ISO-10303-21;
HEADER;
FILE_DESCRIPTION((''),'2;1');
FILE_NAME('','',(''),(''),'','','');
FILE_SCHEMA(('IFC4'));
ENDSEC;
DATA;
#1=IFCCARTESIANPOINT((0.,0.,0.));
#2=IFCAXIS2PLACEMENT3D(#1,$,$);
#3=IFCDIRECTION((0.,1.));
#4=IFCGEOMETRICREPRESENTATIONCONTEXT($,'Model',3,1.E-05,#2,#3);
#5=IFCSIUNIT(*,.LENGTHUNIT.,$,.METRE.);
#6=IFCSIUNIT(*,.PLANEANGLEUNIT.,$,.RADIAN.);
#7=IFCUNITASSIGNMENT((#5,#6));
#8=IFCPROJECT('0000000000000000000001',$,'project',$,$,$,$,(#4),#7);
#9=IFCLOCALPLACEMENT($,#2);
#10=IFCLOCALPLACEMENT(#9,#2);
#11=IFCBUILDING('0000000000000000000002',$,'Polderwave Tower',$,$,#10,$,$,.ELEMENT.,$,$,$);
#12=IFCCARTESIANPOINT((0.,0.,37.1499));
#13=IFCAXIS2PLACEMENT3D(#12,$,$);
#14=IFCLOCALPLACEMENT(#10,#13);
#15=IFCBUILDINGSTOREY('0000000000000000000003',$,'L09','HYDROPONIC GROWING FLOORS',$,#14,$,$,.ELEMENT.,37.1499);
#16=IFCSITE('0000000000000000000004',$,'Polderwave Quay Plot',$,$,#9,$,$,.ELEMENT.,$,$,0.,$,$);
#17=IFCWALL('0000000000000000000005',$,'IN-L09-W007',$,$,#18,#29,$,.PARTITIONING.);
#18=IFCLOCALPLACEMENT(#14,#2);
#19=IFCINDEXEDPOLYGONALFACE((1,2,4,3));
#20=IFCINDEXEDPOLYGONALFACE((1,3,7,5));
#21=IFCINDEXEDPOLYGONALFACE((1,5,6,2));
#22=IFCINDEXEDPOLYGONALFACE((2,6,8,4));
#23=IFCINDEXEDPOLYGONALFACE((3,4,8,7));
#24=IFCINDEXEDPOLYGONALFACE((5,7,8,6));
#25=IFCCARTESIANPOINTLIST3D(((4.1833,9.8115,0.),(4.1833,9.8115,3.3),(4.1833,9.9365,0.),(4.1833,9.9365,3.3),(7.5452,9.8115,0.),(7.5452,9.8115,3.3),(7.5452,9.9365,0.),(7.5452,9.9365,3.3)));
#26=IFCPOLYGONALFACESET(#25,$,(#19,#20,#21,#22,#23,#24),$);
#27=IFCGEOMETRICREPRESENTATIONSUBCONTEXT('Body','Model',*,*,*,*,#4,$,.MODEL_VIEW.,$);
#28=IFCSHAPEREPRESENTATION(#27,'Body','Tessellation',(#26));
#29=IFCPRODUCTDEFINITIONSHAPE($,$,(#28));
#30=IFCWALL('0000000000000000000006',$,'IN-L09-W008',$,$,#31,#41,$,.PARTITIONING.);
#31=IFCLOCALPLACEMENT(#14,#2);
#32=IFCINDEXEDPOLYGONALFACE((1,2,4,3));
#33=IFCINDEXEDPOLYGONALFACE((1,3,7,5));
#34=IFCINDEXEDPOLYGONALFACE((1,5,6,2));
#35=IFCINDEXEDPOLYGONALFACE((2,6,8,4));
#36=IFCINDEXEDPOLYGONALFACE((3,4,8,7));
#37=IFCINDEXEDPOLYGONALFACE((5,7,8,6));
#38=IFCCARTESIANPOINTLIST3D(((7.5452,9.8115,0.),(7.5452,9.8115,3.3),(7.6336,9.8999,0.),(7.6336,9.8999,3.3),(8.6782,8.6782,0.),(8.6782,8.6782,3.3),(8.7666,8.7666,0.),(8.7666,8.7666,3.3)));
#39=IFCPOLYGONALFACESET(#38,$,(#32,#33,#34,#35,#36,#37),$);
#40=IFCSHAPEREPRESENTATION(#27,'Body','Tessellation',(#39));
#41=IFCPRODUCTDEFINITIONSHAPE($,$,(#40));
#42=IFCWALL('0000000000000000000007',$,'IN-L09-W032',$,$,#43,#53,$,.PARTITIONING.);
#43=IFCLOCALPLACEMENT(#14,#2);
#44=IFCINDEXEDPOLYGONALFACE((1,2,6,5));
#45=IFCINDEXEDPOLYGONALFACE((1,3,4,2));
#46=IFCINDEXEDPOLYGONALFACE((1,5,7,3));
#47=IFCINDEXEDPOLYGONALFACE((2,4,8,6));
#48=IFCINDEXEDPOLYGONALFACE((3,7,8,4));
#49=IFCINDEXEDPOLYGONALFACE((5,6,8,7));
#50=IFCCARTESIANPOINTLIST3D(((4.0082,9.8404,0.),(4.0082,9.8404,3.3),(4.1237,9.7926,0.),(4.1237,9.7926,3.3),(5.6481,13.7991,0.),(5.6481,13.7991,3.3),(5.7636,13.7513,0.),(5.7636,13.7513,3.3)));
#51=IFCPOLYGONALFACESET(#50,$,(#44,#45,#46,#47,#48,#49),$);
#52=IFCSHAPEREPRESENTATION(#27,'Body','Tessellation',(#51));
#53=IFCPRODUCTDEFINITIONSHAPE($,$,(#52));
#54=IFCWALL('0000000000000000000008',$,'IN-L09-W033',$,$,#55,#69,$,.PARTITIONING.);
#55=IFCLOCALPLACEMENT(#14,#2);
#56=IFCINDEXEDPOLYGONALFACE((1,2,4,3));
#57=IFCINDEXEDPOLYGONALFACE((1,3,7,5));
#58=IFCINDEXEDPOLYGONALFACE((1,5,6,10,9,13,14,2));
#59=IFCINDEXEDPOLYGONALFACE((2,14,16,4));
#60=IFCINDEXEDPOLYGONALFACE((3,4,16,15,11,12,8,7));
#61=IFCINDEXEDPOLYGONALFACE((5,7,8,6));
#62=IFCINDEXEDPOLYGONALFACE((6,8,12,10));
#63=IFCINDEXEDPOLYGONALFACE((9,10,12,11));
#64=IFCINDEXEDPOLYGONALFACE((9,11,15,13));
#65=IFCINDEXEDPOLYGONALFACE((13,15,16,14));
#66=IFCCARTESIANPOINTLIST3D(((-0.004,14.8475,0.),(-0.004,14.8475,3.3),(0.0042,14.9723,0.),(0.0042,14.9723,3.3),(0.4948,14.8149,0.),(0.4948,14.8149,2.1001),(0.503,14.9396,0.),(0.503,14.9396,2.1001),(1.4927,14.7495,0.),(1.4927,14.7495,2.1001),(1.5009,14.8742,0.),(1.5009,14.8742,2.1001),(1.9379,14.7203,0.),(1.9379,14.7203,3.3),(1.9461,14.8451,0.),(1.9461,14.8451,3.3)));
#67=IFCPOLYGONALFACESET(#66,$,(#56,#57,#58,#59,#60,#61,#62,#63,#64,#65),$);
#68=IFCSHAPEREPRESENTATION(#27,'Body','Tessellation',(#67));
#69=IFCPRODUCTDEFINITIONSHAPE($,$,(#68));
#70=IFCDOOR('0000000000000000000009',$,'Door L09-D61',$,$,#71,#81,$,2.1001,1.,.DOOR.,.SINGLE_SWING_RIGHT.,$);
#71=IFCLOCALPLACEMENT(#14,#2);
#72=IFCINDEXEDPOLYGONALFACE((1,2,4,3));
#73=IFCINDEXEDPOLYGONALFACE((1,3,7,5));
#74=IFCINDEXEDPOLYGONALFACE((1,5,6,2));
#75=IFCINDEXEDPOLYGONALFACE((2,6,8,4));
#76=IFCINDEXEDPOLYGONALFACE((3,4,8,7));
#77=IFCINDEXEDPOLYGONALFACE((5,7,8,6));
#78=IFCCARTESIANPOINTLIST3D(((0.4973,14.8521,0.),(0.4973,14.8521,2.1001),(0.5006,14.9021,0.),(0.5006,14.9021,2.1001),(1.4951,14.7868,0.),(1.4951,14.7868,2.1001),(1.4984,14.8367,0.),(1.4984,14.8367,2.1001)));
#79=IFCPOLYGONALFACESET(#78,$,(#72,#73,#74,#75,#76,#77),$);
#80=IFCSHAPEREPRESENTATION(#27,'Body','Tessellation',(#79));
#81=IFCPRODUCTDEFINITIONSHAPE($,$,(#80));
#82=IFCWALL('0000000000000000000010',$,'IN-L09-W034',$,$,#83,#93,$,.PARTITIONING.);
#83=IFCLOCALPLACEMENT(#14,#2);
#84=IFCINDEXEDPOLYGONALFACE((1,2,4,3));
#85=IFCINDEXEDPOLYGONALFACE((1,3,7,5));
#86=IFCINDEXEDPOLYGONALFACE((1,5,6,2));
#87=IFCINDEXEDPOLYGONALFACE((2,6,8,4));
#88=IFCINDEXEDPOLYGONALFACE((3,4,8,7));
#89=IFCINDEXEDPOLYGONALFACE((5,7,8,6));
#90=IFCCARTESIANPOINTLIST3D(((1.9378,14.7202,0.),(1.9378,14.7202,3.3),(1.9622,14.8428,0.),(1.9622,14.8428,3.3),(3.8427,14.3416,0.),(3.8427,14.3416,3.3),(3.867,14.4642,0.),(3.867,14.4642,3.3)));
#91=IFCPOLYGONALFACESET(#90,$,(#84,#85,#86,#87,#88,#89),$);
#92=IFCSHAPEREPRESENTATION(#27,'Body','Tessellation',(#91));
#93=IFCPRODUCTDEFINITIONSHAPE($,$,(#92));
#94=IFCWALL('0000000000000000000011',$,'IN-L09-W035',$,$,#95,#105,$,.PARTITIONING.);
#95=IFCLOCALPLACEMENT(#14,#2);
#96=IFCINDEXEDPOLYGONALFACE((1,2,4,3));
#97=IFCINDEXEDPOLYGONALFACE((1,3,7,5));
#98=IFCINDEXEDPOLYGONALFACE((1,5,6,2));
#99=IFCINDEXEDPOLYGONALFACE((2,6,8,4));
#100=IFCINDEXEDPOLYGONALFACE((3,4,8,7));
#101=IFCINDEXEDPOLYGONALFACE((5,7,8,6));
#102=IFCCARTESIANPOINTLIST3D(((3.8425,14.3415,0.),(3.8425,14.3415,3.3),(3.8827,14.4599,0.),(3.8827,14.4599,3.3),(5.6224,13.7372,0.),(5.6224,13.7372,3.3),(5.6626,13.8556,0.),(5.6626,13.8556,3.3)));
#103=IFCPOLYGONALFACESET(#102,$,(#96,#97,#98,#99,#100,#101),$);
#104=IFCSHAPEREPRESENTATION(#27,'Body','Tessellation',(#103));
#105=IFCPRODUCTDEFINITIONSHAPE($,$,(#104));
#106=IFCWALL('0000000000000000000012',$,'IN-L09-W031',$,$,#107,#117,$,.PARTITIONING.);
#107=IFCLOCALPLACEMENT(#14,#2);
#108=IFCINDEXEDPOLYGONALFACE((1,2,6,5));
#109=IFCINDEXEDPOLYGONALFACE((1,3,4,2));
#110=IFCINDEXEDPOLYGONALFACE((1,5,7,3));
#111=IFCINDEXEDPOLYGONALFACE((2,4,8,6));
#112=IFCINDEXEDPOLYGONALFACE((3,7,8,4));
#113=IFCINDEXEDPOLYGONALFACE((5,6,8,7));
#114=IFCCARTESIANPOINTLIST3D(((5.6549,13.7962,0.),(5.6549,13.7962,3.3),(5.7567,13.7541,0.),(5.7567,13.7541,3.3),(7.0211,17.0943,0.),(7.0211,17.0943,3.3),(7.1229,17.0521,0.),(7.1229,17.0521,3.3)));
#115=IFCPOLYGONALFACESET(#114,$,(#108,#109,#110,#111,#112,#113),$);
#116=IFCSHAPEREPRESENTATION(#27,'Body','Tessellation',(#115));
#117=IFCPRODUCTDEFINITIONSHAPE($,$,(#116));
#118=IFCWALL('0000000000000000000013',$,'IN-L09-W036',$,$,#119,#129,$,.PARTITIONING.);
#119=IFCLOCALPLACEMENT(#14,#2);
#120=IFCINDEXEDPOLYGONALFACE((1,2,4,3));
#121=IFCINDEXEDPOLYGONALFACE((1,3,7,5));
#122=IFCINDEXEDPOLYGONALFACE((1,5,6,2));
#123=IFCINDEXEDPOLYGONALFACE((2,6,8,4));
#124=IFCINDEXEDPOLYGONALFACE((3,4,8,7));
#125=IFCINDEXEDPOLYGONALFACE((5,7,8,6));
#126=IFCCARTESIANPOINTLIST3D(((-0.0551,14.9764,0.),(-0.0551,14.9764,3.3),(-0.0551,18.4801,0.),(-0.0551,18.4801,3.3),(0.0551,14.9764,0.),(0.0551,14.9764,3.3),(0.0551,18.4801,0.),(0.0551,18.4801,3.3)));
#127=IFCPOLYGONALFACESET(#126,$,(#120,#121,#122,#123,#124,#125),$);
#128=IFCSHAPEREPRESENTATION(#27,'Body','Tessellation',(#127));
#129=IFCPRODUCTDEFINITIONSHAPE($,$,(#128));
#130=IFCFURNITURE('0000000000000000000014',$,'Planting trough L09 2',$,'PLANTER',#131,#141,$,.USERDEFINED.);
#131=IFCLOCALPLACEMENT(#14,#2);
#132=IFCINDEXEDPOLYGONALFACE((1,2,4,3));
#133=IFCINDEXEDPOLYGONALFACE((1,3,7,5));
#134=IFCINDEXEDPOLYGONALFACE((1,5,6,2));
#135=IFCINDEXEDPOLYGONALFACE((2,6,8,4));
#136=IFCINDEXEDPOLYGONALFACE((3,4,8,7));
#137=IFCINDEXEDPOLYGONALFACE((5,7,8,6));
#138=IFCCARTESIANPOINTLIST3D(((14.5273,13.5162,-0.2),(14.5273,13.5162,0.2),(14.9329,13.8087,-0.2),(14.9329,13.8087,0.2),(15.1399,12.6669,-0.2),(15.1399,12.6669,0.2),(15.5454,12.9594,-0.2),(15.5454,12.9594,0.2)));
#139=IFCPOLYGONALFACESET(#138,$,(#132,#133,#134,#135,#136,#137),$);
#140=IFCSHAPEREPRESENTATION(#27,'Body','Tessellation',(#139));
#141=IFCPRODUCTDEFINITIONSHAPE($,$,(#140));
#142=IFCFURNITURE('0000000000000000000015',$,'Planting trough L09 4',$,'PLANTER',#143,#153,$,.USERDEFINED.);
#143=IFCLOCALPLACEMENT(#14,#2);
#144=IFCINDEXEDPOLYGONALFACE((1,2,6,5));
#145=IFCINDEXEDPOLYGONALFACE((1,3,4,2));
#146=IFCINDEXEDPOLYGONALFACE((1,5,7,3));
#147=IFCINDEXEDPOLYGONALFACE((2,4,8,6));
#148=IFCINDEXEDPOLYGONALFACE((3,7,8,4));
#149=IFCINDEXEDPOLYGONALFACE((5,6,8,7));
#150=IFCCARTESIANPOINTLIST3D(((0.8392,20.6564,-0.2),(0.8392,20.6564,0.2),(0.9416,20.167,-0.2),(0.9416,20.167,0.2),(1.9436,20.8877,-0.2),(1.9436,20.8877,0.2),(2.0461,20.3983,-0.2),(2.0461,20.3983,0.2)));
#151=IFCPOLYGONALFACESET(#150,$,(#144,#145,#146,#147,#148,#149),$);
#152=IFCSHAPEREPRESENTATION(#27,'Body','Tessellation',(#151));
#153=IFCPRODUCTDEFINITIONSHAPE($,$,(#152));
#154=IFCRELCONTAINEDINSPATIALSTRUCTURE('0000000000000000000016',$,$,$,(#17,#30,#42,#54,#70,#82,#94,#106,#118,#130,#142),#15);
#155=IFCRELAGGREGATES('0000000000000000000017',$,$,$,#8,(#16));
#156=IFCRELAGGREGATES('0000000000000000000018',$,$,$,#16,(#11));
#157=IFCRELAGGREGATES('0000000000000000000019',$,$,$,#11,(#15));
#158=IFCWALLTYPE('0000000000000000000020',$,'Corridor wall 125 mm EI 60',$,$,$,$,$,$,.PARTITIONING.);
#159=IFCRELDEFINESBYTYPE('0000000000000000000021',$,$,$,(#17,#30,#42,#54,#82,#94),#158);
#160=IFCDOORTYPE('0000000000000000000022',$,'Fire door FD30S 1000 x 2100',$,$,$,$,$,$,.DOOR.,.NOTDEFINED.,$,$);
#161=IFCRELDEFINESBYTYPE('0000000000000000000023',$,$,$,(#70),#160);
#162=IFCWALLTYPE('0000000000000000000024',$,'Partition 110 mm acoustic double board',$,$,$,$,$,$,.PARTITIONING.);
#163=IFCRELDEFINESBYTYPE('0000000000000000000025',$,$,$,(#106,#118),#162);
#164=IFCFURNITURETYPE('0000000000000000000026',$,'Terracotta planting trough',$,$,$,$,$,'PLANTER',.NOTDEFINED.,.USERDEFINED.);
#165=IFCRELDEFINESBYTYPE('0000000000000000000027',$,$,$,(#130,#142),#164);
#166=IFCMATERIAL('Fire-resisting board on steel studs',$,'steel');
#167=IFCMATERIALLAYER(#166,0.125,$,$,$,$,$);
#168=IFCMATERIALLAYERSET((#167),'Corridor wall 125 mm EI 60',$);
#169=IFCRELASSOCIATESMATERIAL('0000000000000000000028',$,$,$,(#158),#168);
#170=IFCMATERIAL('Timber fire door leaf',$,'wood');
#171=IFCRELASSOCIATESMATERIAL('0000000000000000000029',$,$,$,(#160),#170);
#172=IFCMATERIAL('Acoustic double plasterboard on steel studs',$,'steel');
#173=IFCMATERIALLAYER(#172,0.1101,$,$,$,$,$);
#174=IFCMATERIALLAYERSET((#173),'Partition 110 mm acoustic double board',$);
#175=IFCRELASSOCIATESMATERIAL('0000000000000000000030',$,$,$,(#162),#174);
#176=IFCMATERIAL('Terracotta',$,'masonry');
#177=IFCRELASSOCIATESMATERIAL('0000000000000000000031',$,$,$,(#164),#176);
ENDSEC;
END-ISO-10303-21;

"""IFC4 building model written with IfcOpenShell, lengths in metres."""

from ifc_helpers import new_model, si_unit, direction, frame, frame_2d, origin, origin_2d, place, context, subcontext, project, spatial, rectangle, extrude, material, layer, layer_set, type_object, element, fill, save


model = new_model("IFC4")

# Units and contexts
model_context = context("Model", 3, precision=1e-05, world=origin(), true_north=direction((0.0, 1.0)))
body_context = subcontext(model_context, "Body", "Model", "MODEL_VIEW")
ifc_project = project(units=[si_unit("LENGTHUNIT", "METRE"), si_unit("PLANEANGLEUNIT", "RADIAN")], contexts=[model_context])

# Site, building, storey
site_placement = place(None, origin())
site = spatial("IfcSite", under=ifc_project, at=site_placement, Name="Polderwave Quay Plot", CompositionType="ELEMENT", RefElevation=0.0)
building_placement = place(site_placement, origin())
building = spatial("IfcBuilding", under=site, at=building_placement, Name="Polderwave Tower", CompositionType="ELEMENT")
storey_placement = place(building_placement, frame((0.0, 0.0, 37.1499)))
storey = spatial("IfcBuildingStorey", under=building, at=storey_placement, Name="L09", Description="HYDROPONIC GROWING FLOORS", CompositionType="ELEMENT", Elevation=37.1499)

# Walls
ifc_material_1 = material(Name="Fire-resisting board on steel studs", Category="steel")
ifc_layer_1 = layer(ifc_material_1, 0.125)
ifc_layer_set_1 = layer_set([ifc_layer_1], Name="Corridor wall 125 mm EI 60")
wall_type_1 = type_object("IfcWallType", Name="Corridor wall 125 mm EI 60", PredefinedType="PARTITIONING", material=ifc_layer_set_1)
wall_1_placement = place(storey_placement, frame((4.1833, 9.874, 0.0), z_axis=(0.0, 0.0, 1.0), x_axis=(1.0, 0.0, 0.0)))
element("IfcWall", 1, at=wall_1_placement, inside=storey, type_object=wall_type_1, Name="IN-L09-W007", PredefinedType="PARTITIONING", context=body_context, shape_type="SweptSolid", body=[
    extrude(rectangle(XDim=3.3618, YDim=0.125, at=frame_2d((1.6809, 0.0))), origin(), (0.0, 0.0, 1.0), 3.3),
])
wall_2_placement = place(storey_placement, frame((7.5894, 9.8557, 0.0), z_axis=(0.0, 0.0, 1.0), x_axis=(0.707031, -0.707183, 0.0)))
element("IfcWall", 2, at=wall_2_placement, inside=storey, type_object=wall_type_1, Name="IN-L09-W008", PredefinedType="PARTITIONING", context=body_context, shape_type="SweptSolid", body=[
    extrude(rectangle(XDim=1.6025, YDim=0.125, at=frame_2d((0.8013, 0.0))), origin(), (0.0, 0.0, 1.0), 3.3),
])
wall_3_placement = place(storey_placement, frame((4.0659, 9.8164, 0.0), z_axis=(0.0, 0.0, 1.0), x_axis=(0.382709, 0.923869, 0.0)))
element("IfcWall", 3, at=wall_3_placement, inside=storey, type_object=wall_type_1, Name="IN-L09-W032", PredefinedType="PARTITIONING", context=body_context, shape_type="SweptSolid", body=[
    extrude(rectangle(XDim=4.2849, YDim=0.125, at=frame_2d((2.1426, 0.0))), origin(), (0.0, 0.0, 1.0), 3.3),
])

# Wall, opening, door
wall_4_placement = place(storey_placement, frame((0.0, 14.9099, 0.0), z_axis=(0.0, 0.0, 1.0), x_axis=(0.997862, -0.065362, 0.0)))
wall_4 = element("IfcWall", 4, at=wall_4_placement, inside=storey, type_object=wall_type_1, Name="IN-L09-W033", PredefinedType="PARTITIONING", context=body_context, shape_type="SweptSolid", body=[
    extrude(rectangle(XDim=1.946, YDim=0.125, at=frame_2d((0.9731, 0.0))), origin(), (0.0, 0.0, 1.0), 3.3),
])
opening_placement = place(wall_4_placement, frame((0.5, 0.0, 0.0)))
opening = element("IfcOpeningElement", 5, at=opening_placement, cuts=wall_4, PredefinedType="OPENING", context=body_context, shape_type="SweptSolid", body=[
    extrude(rectangle(XDim=1.0, YDim=2.1001, at=frame_2d((0.5, 1.05))), frame((0.0, 0.0725, 0.0), z_axis=(0.0, -1.0, 0.0), x_axis=(1.0, 0.0, 0.0)), (0.0, 0.0, 1.0), 0.145),
])
ifc_material_2 = material(Name="Timber fire door leaf", Category="wood")
door_type = type_object("IfcDoorType", Name="Fire door FD30S 1000 x 2100", OperationType="NOTDEFINED", PredefinedType="DOOR", material=ifc_material_2)
door_placement = place(opening_placement, origin())
door = element("IfcDoor", 6, at=door_placement, inside=storey, type_object=door_type, Name="Door L09-D61", OperationType="SINGLE_SWING_RIGHT", OverallHeight=2.1001, OverallWidth=1.0, PredefinedType="DOOR", context=body_context, shape_type="SweptSolid", body=[
    extrude(rectangle(XDim=1.0, YDim=2.1001, at=frame_2d((0.5, 1.05))), frame((0.0, 0.0249, 0.0), z_axis=(0.0, -1.0, 0.0), x_axis=(1.0, 0.0, 0.0)), (0.0, 0.0, 1.0), 0.05),
])
fill(opening, door)

# Walls
wall_5_placement = place(storey_placement, frame((3.855, 14.4028, 0.0), z_axis=(0.0, 0.0, 1.0), x_axis=(-0.980807, 0.19498, 0.0)))
element("IfcWall", 7, at=wall_5_placement, inside=storey, type_object=wall_type_1, Name="IN-L09-W034", PredefinedType="PARTITIONING", context=body_context, shape_type="SweptSolid", body=[
    extrude(rectangle(XDim=1.9421, YDim=0.125, at=frame_2d((0.9712, 0.0))), origin(), (0.0, 0.0, 1.0), 3.3),
])
wall_6_placement = place(storey_placement, frame((5.6426, 13.7964, 0.0), z_axis=(0.0, 0.0, 1.0), x_axis=(-0.946915, 0.321484, 0.0)))
element("IfcWall", 8, at=wall_6_placement, inside=storey, type_object=wall_type_1, Name="IN-L09-W035", PredefinedType="PARTITIONING", context=body_context, shape_type="SweptSolid", body=[
    extrude(rectangle(XDim=1.8796, YDim=0.125, at=frame_2d((0.9399, 0.0))), origin(), (0.0, 0.0, 1.0), 3.3),
])
ifc_material_3 = material(Name="Acoustic double plasterboard on steel studs", Category="steel")
ifc_layer_2 = layer(ifc_material_3, 0.1101)
ifc_layer_set_2 = layer_set([ifc_layer_2], Name="Partition 110 mm acoustic double board")
wall_type_2 = type_object("IfcWallType", Name="Partition 110 mm acoustic double board", PredefinedType="PARTITIONING", material=ifc_layer_set_2)
wall_7_placement = place(storey_placement, frame((5.7058, 13.7751, 0.0), z_axis=(0.0, 0.0, 1.0), x_axis=(0.382706, 0.92387, 0.0)))
element("IfcWall", 9, at=wall_7_placement, inside=storey, type_object=wall_type_2, Name="IN-L09-W031", PredefinedType="PARTITIONING", context=body_context, shape_type="SweptSolid", body=[
    extrude(rectangle(XDim=3.5698, YDim=0.1101, at=frame_2d((1.7849, 0.0))), origin(), (0.0, 0.0, 1.0), 3.3),
])
wall_8_placement = place(storey_placement, frame((0.0, 14.9763, 0.0), z_axis=(0.0, 0.0, 1.0), x_axis=(0.0, 1.0, 0.0)))
element("IfcWall", 10, at=wall_8_placement, inside=storey, type_object=wall_type_2, Name="IN-L09-W036", PredefinedType="PARTITIONING", context=body_context, shape_type="SweptSolid", body=[
    extrude(rectangle(XDim=3.5037, YDim=0.1101, at=frame_2d((1.752, 0.0))), origin(), (0.0, 0.0, 1.0), 3.3),
])

# Furniture
ifc_material_4 = material(Name="Terracotta", Category="masonry")
furniture_type = type_object("IfcFurnitureType", Name="Terracotta planting trough", ElementType="PLANTER", AssemblyPlace="NOTDEFINED", PredefinedType="USERDEFINED", material=ifc_material_4)
furniture_1_placement = place(storey_placement, frame((15.0364, 13.2378, -0.2), z_axis=(0.0, 0.0, 1.0), x_axis=(-0.584961, 0.811062, 0.0)))
element("IfcFurniture", 11, at=furniture_1_placement, inside=storey, type_object=furniture_type, Name="Planting trough L09 2", ObjectType="PLANTER", PredefinedType="USERDEFINED", context=body_context, shape_type="SweptSolid", body=[
    extrude(rectangle(XDim=1.0471, YDim=0.5, at=origin_2d()), origin(), (0.0, 0.0, 1.0), 0.3999),
])
furniture_2_placement = place(storey_placement, frame((1.4426, 20.5273, -0.2), z_axis=(0.0, 0.0, 1.0), x_axis=(-0.978774, -0.204942, 0.0)))
element("IfcFurniture", 12, at=furniture_2_placement, inside=storey, type_object=furniture_type, Name="Planting trough L09 4", ObjectType="PLANTER", PredefinedType="USERDEFINED", context=body_context, shape_type="SweptSolid", body=[
    extrude(rectangle(XDim=1.1284, YDim=0.5, at=origin_2d()), origin(), (0.0, 0.0, 1.0), 0.3999),
])

save(model, "model.ifc")
